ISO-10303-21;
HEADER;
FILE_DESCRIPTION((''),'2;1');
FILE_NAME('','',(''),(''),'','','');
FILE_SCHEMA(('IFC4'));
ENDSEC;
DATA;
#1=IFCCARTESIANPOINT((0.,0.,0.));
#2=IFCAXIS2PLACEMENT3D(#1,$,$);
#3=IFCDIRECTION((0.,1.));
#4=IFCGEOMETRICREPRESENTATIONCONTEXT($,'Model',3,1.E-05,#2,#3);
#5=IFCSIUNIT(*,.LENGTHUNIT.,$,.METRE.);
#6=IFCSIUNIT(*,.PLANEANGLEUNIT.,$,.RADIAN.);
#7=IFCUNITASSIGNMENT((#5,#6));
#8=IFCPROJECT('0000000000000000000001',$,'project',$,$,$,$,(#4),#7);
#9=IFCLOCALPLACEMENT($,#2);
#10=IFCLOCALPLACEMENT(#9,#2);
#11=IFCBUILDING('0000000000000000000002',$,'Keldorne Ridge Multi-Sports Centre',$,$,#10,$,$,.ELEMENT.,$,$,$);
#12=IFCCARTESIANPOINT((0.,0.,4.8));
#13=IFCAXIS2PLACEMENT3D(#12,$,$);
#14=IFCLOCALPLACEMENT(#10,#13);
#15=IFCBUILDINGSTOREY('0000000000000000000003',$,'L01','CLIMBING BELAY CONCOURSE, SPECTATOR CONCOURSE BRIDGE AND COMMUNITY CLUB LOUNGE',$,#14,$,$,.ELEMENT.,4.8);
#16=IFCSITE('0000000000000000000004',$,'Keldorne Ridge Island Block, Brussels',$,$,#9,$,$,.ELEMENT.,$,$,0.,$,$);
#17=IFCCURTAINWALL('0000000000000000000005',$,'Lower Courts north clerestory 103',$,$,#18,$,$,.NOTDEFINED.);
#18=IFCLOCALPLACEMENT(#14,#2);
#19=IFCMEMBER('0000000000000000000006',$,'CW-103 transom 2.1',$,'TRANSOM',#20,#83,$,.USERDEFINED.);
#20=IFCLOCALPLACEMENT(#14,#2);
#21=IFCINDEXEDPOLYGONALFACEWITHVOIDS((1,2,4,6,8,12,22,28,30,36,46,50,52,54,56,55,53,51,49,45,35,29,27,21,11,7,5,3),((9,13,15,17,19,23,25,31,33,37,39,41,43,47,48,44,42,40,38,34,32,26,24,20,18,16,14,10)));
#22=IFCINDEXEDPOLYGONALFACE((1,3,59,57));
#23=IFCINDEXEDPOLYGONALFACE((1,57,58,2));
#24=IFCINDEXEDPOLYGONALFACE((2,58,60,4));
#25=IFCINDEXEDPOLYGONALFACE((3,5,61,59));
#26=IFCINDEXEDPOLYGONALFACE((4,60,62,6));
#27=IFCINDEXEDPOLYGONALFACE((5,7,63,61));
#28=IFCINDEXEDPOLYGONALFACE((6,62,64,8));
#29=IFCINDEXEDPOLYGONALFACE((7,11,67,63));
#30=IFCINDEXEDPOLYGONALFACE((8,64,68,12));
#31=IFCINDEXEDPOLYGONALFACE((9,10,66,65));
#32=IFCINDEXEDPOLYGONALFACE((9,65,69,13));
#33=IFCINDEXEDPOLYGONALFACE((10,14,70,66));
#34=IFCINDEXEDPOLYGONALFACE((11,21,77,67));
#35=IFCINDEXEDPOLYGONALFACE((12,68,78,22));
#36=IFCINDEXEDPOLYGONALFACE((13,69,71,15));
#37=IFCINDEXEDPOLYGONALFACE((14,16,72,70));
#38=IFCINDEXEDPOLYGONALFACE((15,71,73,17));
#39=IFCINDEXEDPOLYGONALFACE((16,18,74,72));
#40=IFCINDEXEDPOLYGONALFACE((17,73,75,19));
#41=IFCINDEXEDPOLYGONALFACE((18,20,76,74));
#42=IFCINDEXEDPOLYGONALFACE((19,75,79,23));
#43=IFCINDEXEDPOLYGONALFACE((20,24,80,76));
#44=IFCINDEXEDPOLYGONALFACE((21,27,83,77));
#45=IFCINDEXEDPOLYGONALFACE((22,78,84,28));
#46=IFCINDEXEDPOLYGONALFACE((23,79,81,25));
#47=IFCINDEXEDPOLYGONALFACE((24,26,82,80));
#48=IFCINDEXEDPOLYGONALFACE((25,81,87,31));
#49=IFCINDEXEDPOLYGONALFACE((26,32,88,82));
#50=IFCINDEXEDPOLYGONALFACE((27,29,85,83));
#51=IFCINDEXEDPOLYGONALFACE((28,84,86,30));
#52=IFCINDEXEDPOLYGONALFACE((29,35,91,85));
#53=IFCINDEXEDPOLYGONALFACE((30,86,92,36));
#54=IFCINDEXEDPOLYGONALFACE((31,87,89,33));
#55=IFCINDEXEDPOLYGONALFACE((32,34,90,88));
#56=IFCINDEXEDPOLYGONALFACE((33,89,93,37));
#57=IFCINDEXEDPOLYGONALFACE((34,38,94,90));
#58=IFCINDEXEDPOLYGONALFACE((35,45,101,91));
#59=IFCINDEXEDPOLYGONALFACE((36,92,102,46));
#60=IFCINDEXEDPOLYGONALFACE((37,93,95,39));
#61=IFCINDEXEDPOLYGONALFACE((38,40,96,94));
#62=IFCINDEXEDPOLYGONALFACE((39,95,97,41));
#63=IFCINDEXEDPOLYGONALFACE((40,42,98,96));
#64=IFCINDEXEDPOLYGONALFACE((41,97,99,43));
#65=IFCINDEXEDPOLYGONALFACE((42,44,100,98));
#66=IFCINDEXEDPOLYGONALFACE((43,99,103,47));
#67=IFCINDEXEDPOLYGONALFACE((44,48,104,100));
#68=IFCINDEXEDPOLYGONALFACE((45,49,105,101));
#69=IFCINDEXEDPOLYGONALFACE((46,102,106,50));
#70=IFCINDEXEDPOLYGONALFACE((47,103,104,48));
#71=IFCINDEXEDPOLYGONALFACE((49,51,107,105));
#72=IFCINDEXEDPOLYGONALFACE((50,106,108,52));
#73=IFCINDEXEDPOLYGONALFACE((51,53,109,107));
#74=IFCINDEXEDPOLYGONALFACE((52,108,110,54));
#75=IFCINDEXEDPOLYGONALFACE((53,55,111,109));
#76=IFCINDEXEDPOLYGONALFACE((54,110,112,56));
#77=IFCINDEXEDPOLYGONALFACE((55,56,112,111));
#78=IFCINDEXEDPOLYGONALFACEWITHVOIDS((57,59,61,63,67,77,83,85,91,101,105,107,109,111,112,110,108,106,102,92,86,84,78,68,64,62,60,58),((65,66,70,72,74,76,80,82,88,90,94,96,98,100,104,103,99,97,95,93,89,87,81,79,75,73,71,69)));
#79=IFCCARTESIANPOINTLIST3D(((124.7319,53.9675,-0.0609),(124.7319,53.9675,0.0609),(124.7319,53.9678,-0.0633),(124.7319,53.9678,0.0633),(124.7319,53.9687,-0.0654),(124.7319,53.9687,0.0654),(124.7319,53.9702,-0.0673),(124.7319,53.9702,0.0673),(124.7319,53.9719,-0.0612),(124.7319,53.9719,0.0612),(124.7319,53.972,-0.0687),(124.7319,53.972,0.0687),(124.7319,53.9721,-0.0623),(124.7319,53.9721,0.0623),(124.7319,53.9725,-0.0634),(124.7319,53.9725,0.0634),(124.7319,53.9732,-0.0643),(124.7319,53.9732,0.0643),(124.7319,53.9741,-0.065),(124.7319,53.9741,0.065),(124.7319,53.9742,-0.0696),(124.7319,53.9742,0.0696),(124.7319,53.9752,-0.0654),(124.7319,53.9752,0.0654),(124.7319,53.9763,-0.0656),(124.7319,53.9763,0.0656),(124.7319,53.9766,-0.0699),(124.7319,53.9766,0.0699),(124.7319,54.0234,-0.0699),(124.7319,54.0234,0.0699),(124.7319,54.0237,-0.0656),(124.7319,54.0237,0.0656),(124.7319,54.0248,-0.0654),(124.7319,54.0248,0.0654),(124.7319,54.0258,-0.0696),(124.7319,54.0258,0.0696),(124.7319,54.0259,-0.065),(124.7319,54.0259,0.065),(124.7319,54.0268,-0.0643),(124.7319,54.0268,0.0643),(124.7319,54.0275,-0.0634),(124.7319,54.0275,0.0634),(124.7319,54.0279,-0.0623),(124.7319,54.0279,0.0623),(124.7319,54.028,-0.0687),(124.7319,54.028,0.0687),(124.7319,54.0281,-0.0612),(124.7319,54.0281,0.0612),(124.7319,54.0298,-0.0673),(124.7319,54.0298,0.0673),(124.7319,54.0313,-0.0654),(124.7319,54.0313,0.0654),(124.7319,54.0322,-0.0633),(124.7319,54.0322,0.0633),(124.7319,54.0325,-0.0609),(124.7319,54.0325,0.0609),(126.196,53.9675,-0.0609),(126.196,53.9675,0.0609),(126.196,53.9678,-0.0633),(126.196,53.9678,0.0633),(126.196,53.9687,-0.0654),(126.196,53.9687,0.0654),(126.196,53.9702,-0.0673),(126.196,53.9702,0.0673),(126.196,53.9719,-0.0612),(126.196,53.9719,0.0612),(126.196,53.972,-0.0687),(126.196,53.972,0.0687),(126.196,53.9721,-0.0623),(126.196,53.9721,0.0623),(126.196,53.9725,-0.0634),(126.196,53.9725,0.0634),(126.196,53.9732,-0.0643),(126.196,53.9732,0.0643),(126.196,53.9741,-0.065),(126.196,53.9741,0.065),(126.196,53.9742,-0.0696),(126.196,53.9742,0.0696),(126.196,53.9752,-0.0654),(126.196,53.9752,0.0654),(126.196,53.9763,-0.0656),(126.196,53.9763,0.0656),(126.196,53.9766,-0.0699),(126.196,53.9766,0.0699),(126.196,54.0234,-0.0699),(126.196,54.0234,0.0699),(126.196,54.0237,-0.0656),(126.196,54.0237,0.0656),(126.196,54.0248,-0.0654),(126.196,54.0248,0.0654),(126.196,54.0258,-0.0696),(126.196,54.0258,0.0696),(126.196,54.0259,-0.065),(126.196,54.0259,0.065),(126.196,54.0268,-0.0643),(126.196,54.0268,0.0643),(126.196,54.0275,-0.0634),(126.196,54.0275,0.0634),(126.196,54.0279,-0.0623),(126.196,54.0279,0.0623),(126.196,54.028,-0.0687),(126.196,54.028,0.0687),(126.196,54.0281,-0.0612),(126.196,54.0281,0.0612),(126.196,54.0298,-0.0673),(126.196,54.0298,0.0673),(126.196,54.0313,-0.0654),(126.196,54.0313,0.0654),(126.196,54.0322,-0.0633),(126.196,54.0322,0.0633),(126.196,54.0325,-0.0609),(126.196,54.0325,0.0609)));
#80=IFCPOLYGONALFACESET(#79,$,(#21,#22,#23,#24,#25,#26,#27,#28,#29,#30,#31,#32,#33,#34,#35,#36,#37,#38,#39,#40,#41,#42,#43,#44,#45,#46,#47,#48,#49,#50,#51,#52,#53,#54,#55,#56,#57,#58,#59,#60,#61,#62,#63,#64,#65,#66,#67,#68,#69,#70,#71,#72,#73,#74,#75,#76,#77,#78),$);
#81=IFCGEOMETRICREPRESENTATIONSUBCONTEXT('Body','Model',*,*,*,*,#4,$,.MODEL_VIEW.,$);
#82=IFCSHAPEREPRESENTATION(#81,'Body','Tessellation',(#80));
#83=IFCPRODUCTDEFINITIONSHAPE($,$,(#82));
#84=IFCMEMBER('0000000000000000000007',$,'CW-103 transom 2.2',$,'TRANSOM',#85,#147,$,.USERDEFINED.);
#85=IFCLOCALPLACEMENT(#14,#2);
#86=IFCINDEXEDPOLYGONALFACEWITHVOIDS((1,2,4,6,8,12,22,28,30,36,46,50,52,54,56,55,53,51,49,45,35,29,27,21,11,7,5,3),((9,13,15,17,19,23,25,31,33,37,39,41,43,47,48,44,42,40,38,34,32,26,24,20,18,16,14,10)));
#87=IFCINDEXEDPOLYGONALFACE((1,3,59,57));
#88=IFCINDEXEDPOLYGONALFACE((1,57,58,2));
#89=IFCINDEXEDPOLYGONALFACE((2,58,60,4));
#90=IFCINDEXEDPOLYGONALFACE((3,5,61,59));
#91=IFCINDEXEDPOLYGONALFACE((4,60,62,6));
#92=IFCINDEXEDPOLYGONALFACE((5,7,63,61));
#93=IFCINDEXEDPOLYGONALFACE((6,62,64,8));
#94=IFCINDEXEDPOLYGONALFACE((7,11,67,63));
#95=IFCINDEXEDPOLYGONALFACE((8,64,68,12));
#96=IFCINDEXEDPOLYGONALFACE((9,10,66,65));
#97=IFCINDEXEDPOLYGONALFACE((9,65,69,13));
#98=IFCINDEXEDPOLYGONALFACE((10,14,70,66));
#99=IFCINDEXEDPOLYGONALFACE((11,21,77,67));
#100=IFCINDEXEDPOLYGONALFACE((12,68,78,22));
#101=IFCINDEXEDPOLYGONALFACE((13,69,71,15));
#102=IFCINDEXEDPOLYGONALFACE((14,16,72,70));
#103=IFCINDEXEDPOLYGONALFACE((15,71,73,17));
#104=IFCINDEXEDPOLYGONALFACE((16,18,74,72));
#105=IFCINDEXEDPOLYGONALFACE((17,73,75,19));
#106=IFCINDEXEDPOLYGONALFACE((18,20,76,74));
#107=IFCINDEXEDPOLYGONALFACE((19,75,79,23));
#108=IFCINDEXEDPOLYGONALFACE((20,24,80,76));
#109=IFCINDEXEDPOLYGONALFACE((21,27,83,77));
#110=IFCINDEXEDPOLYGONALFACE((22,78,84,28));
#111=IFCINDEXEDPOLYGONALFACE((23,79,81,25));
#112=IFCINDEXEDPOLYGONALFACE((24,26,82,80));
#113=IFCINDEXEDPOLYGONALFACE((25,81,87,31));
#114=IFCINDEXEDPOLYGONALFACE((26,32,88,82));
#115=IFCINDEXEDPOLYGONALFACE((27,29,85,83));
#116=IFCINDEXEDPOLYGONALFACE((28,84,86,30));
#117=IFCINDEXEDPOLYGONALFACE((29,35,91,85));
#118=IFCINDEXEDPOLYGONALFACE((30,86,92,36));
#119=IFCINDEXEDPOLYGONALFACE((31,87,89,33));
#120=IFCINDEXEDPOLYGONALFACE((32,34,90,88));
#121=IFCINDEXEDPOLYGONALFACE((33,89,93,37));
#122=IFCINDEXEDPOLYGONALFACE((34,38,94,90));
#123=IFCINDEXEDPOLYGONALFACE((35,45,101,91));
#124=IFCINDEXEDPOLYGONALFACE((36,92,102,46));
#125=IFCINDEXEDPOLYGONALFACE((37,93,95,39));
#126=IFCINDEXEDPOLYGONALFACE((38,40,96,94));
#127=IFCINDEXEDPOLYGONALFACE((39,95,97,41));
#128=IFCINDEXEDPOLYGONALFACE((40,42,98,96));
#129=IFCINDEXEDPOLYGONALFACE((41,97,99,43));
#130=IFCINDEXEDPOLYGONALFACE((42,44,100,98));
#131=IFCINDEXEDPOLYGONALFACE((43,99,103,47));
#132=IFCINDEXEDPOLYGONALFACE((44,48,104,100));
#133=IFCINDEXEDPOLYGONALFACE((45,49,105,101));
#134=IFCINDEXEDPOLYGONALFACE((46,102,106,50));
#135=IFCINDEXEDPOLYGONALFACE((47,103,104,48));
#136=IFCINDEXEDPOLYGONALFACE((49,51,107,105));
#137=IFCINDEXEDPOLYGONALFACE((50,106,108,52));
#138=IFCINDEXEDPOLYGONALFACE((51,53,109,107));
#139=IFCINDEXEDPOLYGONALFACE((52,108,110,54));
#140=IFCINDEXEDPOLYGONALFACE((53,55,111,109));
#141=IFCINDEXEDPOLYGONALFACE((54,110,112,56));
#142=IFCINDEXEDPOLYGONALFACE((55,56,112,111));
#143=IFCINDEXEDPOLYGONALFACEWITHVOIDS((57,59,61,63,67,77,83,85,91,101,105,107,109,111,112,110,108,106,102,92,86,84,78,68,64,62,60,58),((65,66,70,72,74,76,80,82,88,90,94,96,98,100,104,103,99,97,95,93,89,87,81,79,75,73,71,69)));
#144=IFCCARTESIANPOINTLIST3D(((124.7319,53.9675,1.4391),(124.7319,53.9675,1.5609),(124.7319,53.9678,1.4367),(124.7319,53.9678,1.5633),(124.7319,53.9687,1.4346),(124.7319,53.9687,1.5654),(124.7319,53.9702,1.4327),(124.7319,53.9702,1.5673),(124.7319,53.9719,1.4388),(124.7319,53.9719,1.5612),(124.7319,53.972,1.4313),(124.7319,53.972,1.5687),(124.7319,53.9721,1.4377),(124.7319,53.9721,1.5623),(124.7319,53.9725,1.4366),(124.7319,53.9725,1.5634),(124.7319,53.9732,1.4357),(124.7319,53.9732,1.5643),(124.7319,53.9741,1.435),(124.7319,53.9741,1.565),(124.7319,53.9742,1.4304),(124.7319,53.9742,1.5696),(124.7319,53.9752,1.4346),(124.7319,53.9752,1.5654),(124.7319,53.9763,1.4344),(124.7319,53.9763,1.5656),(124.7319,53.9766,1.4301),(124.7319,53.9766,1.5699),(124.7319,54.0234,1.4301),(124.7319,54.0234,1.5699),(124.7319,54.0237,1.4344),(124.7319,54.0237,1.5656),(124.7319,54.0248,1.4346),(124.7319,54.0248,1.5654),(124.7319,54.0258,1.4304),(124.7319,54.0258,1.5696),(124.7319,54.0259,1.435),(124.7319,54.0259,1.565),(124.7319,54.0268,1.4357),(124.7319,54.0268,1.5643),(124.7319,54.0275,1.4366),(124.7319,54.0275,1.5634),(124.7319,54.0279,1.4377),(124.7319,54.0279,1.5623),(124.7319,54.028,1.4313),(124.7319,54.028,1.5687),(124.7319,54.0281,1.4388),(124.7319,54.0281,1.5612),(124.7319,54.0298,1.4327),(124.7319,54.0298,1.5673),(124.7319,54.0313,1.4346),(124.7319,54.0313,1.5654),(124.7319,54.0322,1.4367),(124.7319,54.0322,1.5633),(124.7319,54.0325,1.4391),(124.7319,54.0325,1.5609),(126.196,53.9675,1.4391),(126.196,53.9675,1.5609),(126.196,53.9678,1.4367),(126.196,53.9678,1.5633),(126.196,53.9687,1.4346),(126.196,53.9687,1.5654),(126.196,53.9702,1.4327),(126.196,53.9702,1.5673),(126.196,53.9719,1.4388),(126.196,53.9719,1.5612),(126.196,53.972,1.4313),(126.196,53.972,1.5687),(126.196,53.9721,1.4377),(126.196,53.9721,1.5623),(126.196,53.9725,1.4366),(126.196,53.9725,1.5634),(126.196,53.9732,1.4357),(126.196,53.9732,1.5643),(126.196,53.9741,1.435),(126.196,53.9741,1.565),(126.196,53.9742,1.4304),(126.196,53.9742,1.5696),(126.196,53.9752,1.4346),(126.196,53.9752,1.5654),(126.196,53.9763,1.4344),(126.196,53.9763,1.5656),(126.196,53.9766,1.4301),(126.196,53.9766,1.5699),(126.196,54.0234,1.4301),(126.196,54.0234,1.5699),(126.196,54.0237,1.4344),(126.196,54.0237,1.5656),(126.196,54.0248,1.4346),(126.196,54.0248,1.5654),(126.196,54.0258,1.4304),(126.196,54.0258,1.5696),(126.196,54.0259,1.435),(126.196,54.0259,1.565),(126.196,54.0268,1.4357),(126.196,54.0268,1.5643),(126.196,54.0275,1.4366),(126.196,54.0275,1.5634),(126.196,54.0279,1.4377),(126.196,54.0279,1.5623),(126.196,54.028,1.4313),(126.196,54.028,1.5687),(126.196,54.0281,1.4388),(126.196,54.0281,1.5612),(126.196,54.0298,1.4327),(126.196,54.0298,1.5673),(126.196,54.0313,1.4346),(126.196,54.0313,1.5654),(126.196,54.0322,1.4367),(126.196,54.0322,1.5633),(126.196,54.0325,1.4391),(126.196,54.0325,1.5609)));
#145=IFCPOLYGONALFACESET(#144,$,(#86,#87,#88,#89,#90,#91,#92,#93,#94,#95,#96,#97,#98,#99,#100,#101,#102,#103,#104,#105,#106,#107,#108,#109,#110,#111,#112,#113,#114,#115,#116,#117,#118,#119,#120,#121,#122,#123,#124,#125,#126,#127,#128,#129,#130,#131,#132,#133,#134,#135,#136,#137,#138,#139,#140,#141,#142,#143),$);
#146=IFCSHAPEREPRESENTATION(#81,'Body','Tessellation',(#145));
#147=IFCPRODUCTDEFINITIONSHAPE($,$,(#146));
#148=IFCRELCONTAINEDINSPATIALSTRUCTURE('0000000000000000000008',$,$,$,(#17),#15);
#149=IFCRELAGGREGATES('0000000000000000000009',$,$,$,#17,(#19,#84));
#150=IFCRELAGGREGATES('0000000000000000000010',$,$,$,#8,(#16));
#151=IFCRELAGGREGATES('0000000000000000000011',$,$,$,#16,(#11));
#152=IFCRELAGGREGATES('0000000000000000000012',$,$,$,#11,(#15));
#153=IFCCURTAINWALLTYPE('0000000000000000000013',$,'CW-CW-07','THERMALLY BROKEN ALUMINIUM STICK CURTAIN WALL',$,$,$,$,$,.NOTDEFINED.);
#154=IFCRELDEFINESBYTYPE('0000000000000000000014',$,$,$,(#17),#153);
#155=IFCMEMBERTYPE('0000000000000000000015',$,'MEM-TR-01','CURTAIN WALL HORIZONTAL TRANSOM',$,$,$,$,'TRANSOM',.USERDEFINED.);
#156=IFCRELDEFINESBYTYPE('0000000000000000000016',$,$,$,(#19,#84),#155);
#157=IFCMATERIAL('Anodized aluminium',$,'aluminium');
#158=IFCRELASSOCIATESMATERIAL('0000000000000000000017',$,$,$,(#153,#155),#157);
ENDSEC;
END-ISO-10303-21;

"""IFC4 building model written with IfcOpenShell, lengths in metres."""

from ifc_helpers import new_model, si_unit, direction, frame, origin, origin_2d, place, context, subcontext, project, spatial, hollow_rectangle, extrude, material, material_profile, profile_set, type_object, element, aggregate, save


model = new_model("IFC4")

# Units and contexts
model_context = context("Model", 3, precision=1e-05, world=origin(), true_north=direction((0.0, 1.0)))
body_context = subcontext(model_context, "Body", "Model", "MODEL_VIEW")
ifc_project = project(units=[si_unit("LENGTHUNIT", "METRE"), si_unit("PLANEANGLEUNIT", "RADIAN")], contexts=[model_context])

# Site, building, storey
site_placement = place(None, origin())
site = spatial("IfcSite", under=ifc_project, at=site_placement, Name="Keldorne Ridge Island Block, Brussels", CompositionType="ELEMENT", RefElevation=0.0)
building_placement = place(site_placement, origin())
building = spatial("IfcBuilding", under=site, at=building_placement, Name="Keldorne Ridge Multi-Sports Centre", CompositionType="ELEMENT")
storey_placement = place(building_placement, frame((0.0, 0.0, 4.8)))
storey = spatial("IfcBuildingStorey", under=building, at=storey_placement, Name="L01", Description="CLIMBING BELAY CONCOURSE, SPECTATOR CONCOURSE BRIDGE AND COMMUNITY CLUB LOUNGE", CompositionType="ELEMENT", Elevation=4.8)

# Curtain wall, members
ifc_material_1 = material(Name="Anodized aluminium", Category="aluminium")
curtain_wall_type = type_object("IfcCurtainWallType", Name="CW-CW-07", Description="THERMALLY BROKEN ALUMINIUM STICK CURTAIN WALL", PredefinedType="NOTDEFINED", material=ifc_material_1)
curtain_wall_placement = place(storey_placement, origin())
curtain_wall = element("IfcCurtainWall", 1, at=curtain_wall_placement, inside=storey, type_object=curtain_wall_type, Name="Lower Courts north clerestory 103", PredefinedType="NOTDEFINED")
ifc_material_profile_1 = material_profile(ifc_material_1, hollow_rectangle(XDim=0.0649, YDim=0.1399, WallThickness=0.0044, InnerFilletRadius=0.0044, OuterFilletRadius=0.009, at=origin_2d()), Name="ALU TRANSOM 140x65x4.5")
ifc_profile_set_1 = profile_set([ifc_material_profile_1], Name="Anodized aluminium")
member_type_1 = type_object("IfcMemberType", Name="MEM-TR-01", Description="CURTAIN WALL HORIZONTAL TRANSOM", ElementType="TRANSOM", PredefinedType="USERDEFINED", material=ifc_profile_set_1)
member_1_placement = place(storey_placement, frame((126.196, 54.0, 0.0), z_axis=(-1.0, 0.0, 0.0), x_axis=(0.0, -1.0, 0.0)))
member_1 = element("IfcMember", 2, at=member_1_placement, type_object=member_type_1, Name="CW-103 transom 2.1", ObjectType="TRANSOM", PredefinedType="USERDEFINED", context=body_context, shape_type="SweptSolid", body=[
    extrude(hollow_rectangle(XDim=0.0649, YDim=0.1399, WallThickness=0.0044, InnerFilletRadius=0.0044, OuterFilletRadius=0.009, at=origin_2d()), origin(), (0.0, 0.0, 1.0), 1.4641),
])
member_2_placement = place(storey_placement, frame((126.196, 54.0, 1.5), z_axis=(-1.0, 0.0, 0.0), x_axis=(0.0, -1.0, 0.0)))
member_2 = element("IfcMember", 3, at=member_2_placement, type_object=member_type_1, Name="CW-103 transom 2.2", ObjectType="TRANSOM", PredefinedType="USERDEFINED", context=body_context, shape_type="SweptSolid", body=[
    extrude(hollow_rectangle(XDim=0.0649, YDim=0.1399, WallThickness=0.0044, InnerFilletRadius=0.0044, OuterFilletRadius=0.009, at=origin_2d()), origin(), (0.0, 0.0, 1.0), 1.4641),
])
aggregate(curtain_wall, [member_1, member_2])

save(model, "model.ifc")
